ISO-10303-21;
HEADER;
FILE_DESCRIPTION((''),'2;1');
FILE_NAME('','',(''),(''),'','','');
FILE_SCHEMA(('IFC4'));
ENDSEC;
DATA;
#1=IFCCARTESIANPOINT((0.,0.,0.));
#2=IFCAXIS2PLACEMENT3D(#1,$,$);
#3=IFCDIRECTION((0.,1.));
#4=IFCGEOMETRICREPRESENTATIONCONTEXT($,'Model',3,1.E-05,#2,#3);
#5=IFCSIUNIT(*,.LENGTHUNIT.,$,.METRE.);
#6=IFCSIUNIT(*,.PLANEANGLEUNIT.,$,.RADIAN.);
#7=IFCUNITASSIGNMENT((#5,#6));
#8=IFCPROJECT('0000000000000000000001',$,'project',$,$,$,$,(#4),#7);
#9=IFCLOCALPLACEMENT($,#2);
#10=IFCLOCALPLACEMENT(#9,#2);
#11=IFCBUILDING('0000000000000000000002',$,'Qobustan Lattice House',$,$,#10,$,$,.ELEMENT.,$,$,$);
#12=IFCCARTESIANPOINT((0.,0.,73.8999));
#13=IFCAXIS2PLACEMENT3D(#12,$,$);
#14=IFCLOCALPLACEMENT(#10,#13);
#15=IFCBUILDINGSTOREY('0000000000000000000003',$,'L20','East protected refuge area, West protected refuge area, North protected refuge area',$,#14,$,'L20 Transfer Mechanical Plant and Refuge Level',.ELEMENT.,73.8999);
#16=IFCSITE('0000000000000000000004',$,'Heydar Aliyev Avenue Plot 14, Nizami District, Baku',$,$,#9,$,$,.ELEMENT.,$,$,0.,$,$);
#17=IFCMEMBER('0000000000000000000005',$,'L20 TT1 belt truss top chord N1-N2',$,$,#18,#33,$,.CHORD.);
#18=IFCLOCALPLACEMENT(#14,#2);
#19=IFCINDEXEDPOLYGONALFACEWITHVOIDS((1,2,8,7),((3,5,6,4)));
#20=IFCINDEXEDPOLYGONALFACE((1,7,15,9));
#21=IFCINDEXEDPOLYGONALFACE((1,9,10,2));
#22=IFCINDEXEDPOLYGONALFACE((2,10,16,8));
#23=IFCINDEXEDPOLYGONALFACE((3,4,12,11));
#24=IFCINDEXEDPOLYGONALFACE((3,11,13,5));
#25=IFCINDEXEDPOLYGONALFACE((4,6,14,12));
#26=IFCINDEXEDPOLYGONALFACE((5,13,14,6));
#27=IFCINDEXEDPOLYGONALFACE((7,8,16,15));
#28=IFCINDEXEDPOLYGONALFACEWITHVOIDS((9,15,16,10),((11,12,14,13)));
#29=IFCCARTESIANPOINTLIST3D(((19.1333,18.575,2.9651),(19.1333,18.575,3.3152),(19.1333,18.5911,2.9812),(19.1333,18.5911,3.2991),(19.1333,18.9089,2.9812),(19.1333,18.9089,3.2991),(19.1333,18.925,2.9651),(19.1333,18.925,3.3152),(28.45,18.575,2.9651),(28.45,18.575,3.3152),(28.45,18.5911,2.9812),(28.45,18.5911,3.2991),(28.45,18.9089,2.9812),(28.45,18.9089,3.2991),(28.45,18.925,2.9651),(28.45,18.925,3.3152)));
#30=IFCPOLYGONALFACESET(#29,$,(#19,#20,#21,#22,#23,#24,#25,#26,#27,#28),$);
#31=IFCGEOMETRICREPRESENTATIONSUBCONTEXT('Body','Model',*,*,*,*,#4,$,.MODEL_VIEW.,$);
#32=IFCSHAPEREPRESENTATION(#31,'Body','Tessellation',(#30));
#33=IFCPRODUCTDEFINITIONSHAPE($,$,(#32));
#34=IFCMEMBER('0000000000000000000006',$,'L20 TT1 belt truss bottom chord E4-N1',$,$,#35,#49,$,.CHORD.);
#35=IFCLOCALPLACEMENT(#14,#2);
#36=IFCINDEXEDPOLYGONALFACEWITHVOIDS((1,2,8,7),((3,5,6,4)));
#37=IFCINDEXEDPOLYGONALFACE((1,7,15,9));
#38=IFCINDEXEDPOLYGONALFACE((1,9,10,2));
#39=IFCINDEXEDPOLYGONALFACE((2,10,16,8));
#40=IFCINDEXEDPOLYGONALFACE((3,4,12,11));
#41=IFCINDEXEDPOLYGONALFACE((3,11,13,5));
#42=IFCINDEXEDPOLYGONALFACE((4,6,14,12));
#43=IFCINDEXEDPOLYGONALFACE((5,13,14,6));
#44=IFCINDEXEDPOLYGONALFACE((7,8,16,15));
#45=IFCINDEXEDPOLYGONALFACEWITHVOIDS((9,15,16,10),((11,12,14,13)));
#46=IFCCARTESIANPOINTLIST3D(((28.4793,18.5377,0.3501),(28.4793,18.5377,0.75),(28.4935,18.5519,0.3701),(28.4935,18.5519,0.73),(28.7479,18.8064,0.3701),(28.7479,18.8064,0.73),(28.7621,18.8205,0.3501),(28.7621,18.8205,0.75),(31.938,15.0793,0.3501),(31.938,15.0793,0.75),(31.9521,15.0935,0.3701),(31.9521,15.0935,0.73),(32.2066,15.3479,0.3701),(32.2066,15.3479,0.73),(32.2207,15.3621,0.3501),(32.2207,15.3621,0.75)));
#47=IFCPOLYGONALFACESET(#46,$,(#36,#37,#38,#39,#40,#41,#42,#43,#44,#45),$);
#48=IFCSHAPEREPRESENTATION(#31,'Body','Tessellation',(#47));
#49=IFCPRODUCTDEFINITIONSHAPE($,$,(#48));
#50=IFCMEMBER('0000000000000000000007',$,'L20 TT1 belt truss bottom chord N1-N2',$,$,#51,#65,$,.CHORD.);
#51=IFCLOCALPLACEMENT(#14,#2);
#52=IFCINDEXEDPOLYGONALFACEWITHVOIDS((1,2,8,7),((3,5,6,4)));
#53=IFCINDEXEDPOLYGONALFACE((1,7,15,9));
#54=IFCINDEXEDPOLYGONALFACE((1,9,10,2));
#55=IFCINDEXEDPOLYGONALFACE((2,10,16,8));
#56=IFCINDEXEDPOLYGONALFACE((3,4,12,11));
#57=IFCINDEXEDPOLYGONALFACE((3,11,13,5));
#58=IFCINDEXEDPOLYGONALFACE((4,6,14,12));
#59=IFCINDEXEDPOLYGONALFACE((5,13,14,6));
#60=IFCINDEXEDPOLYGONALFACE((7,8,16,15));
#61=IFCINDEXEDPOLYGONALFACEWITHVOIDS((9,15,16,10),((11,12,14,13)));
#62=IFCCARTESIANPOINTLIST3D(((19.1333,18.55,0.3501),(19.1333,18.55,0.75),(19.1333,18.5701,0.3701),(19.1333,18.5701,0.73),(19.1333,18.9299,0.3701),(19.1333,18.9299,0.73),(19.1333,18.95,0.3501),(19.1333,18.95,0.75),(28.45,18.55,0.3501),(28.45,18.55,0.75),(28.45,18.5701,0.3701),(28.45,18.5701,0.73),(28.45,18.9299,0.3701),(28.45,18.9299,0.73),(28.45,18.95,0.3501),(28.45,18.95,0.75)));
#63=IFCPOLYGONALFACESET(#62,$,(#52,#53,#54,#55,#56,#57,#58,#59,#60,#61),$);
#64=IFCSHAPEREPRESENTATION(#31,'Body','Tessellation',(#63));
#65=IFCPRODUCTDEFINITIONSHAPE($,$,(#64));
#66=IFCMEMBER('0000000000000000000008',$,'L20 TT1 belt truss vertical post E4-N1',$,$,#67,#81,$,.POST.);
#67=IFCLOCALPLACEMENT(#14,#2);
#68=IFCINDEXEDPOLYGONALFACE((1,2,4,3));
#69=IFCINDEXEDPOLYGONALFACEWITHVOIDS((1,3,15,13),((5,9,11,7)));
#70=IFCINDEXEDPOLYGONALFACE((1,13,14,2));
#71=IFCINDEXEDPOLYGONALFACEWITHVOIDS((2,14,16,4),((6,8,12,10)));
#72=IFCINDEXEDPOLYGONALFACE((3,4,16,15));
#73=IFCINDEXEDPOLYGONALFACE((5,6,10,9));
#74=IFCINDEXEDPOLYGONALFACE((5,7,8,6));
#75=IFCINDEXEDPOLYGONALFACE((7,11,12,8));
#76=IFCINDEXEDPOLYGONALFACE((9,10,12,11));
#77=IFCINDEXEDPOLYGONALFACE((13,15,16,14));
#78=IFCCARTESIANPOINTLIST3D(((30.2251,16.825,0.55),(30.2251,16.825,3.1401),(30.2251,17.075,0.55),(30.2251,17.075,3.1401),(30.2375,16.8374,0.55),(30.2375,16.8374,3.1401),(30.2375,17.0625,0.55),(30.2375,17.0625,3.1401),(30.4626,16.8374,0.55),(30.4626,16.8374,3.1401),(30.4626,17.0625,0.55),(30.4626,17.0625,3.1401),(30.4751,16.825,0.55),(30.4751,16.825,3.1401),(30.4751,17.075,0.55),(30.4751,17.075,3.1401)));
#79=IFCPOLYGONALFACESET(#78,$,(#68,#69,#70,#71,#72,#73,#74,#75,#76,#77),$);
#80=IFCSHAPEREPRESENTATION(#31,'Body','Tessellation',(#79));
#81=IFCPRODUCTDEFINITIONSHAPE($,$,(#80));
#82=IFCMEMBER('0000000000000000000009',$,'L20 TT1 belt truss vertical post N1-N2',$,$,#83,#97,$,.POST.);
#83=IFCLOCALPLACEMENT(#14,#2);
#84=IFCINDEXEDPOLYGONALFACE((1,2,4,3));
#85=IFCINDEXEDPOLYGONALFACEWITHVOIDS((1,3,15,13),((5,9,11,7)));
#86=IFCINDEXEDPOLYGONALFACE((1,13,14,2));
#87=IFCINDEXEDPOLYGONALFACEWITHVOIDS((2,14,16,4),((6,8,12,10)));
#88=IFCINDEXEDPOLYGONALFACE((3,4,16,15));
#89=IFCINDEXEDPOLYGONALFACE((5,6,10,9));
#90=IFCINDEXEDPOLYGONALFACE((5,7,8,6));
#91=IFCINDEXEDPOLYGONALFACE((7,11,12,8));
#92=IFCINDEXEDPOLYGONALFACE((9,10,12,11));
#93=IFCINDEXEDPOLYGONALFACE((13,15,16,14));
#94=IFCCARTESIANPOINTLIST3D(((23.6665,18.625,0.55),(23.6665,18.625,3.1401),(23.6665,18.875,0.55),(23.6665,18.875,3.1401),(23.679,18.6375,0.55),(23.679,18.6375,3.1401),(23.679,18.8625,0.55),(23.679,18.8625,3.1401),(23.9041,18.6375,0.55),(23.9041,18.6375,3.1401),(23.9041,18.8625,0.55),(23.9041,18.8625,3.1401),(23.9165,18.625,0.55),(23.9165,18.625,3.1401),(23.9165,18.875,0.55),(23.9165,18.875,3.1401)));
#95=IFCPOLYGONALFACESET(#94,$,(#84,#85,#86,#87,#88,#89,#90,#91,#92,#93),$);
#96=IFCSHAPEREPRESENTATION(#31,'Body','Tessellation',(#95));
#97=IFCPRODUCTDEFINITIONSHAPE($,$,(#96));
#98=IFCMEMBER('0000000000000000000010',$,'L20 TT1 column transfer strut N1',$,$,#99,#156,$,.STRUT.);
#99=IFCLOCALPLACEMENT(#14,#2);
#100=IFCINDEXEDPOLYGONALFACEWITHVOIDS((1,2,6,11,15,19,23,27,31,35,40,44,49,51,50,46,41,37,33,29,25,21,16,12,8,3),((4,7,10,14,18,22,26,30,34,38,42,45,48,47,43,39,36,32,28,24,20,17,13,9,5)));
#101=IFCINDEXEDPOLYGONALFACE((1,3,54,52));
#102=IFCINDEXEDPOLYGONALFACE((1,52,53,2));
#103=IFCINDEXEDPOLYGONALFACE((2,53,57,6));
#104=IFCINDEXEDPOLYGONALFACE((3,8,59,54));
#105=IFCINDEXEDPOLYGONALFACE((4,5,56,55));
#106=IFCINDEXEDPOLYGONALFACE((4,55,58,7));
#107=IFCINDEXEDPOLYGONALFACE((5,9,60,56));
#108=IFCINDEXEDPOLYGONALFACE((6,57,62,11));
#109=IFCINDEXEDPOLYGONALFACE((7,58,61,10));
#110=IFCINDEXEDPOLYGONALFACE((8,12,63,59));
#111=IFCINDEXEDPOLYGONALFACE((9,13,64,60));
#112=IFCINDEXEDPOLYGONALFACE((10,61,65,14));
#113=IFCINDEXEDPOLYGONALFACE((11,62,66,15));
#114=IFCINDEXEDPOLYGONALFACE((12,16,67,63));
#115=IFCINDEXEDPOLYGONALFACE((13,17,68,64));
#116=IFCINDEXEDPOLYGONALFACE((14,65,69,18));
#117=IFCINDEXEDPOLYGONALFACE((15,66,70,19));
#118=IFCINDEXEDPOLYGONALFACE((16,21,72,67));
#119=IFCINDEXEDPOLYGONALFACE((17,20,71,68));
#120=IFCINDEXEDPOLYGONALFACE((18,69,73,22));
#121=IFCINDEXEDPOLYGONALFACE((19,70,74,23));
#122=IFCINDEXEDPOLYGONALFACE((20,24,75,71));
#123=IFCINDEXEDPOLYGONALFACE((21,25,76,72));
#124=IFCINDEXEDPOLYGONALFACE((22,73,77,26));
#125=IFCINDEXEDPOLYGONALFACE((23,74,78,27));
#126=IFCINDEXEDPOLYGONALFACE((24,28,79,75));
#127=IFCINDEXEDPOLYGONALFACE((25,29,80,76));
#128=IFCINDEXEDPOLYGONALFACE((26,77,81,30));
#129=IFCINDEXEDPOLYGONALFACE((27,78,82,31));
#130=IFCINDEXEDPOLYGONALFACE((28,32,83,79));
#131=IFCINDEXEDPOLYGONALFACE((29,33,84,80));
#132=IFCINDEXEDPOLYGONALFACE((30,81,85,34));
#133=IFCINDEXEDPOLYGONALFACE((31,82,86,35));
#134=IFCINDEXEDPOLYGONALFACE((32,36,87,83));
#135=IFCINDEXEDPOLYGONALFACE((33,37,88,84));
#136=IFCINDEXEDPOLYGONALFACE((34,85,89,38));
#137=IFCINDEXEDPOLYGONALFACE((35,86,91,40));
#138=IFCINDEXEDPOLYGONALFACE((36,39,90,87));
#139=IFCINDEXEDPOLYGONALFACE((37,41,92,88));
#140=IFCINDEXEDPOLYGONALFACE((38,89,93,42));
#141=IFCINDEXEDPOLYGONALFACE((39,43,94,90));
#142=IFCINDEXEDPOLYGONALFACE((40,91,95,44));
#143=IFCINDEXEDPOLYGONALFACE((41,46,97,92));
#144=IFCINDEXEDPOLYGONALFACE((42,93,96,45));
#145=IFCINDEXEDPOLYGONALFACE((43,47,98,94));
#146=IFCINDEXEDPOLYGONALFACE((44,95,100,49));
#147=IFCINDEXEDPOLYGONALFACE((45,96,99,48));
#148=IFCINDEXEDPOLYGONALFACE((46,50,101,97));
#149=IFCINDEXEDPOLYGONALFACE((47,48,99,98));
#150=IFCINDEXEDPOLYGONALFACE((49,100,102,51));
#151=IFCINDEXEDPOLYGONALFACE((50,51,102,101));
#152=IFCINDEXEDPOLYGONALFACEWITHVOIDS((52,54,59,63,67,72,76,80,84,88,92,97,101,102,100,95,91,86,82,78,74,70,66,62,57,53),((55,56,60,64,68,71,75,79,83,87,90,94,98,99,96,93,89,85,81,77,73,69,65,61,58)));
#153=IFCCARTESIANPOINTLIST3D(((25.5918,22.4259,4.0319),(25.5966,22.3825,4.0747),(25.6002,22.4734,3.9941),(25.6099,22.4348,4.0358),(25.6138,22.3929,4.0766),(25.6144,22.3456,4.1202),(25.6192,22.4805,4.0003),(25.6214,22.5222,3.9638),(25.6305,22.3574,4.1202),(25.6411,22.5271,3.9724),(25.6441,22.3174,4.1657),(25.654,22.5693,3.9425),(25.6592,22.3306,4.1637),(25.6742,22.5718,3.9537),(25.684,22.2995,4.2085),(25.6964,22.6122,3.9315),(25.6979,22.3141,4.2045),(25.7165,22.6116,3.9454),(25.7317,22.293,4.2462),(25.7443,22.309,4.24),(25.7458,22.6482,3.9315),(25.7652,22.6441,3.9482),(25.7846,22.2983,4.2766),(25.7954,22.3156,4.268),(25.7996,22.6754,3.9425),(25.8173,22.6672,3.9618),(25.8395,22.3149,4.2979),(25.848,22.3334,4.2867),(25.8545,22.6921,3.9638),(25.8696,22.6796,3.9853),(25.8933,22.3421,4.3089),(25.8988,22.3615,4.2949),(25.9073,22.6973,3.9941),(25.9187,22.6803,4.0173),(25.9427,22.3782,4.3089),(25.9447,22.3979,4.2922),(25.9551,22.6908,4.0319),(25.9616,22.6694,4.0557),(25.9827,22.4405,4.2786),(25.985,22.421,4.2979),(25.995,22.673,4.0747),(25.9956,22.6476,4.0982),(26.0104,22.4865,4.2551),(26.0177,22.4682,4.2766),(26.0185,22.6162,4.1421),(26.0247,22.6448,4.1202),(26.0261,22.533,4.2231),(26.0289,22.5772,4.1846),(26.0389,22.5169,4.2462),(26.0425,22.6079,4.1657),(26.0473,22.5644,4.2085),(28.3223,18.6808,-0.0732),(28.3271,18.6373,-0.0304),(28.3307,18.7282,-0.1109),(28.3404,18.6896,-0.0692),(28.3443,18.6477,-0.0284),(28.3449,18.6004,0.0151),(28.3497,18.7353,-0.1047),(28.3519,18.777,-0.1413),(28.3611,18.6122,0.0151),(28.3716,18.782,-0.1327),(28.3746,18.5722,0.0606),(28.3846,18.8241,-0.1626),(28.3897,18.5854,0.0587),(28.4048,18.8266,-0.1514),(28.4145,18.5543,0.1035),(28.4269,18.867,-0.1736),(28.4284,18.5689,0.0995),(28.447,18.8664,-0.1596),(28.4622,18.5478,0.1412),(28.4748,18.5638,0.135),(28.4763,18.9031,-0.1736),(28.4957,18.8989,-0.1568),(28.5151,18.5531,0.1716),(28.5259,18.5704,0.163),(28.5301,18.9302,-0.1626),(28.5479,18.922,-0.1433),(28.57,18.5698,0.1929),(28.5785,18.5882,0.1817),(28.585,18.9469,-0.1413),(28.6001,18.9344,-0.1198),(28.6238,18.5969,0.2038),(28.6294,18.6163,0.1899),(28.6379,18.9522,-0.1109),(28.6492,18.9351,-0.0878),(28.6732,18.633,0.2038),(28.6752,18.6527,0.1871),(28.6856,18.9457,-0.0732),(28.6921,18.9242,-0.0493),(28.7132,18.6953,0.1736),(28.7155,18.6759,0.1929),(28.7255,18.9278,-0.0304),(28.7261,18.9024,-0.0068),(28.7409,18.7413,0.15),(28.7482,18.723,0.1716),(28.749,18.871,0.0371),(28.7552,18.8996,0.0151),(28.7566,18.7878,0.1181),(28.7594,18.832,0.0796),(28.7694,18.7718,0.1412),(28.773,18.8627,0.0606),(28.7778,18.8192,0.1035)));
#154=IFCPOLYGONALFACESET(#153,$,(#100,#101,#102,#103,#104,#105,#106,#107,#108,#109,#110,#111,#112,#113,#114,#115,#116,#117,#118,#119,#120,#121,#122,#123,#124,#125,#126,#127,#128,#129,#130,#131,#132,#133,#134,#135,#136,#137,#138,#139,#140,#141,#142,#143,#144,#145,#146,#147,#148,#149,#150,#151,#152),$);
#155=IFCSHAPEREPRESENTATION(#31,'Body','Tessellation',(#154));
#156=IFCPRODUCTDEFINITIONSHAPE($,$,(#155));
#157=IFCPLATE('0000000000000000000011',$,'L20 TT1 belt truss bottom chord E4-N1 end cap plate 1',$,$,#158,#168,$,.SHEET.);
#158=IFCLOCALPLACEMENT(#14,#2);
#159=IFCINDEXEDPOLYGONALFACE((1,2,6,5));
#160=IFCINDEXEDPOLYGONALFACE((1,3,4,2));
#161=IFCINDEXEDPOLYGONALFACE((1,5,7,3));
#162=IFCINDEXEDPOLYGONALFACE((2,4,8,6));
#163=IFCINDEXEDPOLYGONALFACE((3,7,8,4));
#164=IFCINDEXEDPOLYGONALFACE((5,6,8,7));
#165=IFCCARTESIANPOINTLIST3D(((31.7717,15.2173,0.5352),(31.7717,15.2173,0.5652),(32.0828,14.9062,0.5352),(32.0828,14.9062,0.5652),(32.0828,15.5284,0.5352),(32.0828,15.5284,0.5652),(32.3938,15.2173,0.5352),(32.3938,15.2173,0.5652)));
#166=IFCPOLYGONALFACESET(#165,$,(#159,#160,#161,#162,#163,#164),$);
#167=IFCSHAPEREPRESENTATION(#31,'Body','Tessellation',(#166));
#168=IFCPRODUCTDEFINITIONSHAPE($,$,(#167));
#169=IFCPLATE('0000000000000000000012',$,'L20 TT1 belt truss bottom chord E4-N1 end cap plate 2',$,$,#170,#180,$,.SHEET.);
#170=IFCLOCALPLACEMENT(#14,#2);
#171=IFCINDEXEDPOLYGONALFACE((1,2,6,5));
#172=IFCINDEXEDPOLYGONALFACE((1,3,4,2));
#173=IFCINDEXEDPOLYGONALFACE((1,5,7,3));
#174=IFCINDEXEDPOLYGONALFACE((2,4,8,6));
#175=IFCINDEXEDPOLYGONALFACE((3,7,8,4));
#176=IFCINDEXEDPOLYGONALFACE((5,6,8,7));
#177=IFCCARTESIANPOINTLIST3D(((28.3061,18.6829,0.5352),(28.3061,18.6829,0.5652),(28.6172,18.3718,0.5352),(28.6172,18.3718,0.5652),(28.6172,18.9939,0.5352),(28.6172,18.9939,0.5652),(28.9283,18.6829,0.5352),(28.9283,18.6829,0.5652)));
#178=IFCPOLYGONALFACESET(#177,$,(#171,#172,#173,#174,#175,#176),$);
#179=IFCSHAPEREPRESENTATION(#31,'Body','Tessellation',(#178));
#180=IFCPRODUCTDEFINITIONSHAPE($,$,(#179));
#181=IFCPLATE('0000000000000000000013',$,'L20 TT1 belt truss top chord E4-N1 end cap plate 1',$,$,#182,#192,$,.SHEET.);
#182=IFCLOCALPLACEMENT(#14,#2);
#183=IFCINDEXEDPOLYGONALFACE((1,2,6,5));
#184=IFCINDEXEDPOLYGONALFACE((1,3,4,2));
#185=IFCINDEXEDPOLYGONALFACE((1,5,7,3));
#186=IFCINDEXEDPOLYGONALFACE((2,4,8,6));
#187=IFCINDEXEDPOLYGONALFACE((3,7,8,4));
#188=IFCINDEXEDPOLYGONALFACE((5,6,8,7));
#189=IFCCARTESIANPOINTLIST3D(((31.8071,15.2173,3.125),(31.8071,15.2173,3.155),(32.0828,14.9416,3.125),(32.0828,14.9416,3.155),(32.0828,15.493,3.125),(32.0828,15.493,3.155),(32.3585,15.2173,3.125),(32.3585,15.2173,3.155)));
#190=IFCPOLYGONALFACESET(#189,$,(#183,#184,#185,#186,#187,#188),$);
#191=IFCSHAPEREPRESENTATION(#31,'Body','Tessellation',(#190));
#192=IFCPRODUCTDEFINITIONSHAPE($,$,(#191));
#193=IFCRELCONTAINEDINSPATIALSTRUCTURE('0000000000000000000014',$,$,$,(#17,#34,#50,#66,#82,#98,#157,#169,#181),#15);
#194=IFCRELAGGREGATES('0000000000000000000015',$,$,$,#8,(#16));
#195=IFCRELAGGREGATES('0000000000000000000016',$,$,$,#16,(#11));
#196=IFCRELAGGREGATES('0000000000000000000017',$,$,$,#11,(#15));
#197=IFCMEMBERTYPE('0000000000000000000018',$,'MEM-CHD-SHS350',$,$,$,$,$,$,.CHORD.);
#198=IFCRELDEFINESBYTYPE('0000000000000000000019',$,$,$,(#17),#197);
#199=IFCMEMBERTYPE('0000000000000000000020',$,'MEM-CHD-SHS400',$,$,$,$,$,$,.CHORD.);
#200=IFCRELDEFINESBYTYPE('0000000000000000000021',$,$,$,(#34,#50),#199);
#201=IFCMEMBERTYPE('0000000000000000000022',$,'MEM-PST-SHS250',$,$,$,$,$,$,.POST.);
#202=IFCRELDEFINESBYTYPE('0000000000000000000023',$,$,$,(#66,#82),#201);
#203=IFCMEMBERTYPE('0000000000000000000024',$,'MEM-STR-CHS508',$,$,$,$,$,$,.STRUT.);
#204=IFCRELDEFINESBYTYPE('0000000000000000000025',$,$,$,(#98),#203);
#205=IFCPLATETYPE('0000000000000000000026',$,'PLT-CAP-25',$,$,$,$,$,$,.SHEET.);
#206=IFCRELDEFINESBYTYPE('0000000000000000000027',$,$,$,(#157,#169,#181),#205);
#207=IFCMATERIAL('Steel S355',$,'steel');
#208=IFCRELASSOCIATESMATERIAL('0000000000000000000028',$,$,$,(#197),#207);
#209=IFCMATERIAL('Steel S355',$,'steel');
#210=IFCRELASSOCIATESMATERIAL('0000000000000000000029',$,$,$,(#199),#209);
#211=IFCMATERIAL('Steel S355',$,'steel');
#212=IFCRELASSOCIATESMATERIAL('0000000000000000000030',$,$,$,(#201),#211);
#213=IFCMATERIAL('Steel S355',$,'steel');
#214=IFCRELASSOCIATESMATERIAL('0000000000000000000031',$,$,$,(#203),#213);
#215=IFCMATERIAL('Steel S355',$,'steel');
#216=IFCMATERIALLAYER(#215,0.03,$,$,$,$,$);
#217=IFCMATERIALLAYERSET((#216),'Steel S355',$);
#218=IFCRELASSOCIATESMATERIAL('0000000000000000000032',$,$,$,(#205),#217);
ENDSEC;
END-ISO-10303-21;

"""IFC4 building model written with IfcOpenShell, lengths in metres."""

from ifc_helpers import new_model, si_unit, direction, frame, origin, origin_2d, place, context, subcontext, project, spatial, rectangle, hollow_rectangle, hollow_circle, extrude, material, layer, layer_set, material_profile, profile_set, type_object, element, save


model = new_model("IFC4")

# Units and contexts
model_context = context("Model", 3, precision=1e-05, world=origin(), true_north=direction((0.0, 1.0)))
body_context = subcontext(model_context, "Body", "Model", "MODEL_VIEW")
ifc_project = project(units=[si_unit("LENGTHUNIT", "METRE"), si_unit("PLANEANGLEUNIT", "RADIAN")], contexts=[model_context])

# Site, building, storey
site_placement = place(None, origin())
site = spatial("IfcSite", under=ifc_project, at=site_placement, Name="Heydar Aliyev Avenue Plot 14, Nizami District, Baku", CompositionType="ELEMENT", RefElevation=0.0)
building_placement = place(site_placement, origin())
building = spatial("IfcBuilding", under=site, at=building_placement, Name="Qobustan Lattice House", CompositionType="ELEMENT")
storey_placement = place(building_placement, frame((0.0, 0.0, 73.8999)))
storey = spatial("IfcBuildingStorey", under=building, at=storey_placement, Name="L20", Description="East protected refuge area, West protected refuge area, North protected refuge area", LongName="L20 Transfer Mechanical Plant and Refuge Level", CompositionType="ELEMENT", Elevation=73.8999)

# Members
ifc_material_1 = material(Name="Steel S355", Category="steel")
ifc_material_profile_1 = material_profile(ifc_material_1, hollow_rectangle(XDim=0.3501, YDim=0.3501, WallThickness=0.0161, at=origin_2d()), Name="SHS350x350x16")
ifc_profile_set_1 = profile_set([ifc_material_profile_1], Name="Steel S355")
member_type_1 = type_object("IfcMemberType", Name="MEM-CHD-SHS350", PredefinedType="CHORD", material=ifc_profile_set_1)
member_1_placement = place(storey_placement, frame((28.45, 18.75, 3.1401), z_axis=(-1.0, 0.0, 0.0), x_axis=(0.0, -1.0, 0.0)))
element("IfcMember", 1, at=member_1_placement, inside=storey, type_object=member_type_1, Name="L20 TT1 belt truss top chord N1-N2", PredefinedType="CHORD", context=body_context, shape_type="SweptSolid", body=[
    extrude(hollow_rectangle(XDim=0.3501, YDim=0.3501, WallThickness=0.0161, at=origin_2d()), origin(), (0.0, 0.0, 1.0), 9.3167),
])
ifc_material_2 = material(Name="Steel S355", Category="steel")
ifc_material_profile_2 = material_profile(ifc_material_2, hollow_rectangle(XDim=0.3999, YDim=0.3999, WallThickness=0.02, at=origin_2d()), Name="SHS400x400x20")
ifc_profile_set_2 = profile_set([ifc_material_profile_2], Name="Steel S355")
member_type_2 = type_object("IfcMemberType", Name="MEM-CHD-SHS400", PredefinedType="CHORD", material=ifc_profile_set_2)
member_2_placement = place(storey_placement, frame((32.0793, 15.2207, 0.55), z_axis=(-0.707132, 0.707082, 0.0), x_axis=(-0.707082, -0.707132, 0.0)))
element("IfcMember", 2, at=member_2_placement, inside=storey, type_object=member_type_2, Name="L20 TT1 belt truss bottom chord E4-N1", PredefinedType="CHORD", context=body_context, shape_type="SweptSolid", body=[
    extrude(hollow_rectangle(XDim=0.3999, YDim=0.3999, WallThickness=0.02, at=origin_2d()), origin(), (0.0, 0.0, 1.0), 4.8911),
])
member_3_placement = place(storey_placement, frame((28.45, 18.75, 0.55), z_axis=(-1.0, 0.0, 0.0), x_axis=(0.0, -1.0, 0.0)))
element("IfcMember", 3, at=member_3_placement, inside=storey, type_object=member_type_2, Name="L20 TT1 belt truss bottom chord N1-N2", PredefinedType="CHORD", context=body_context, shape_type="SweptSolid", body=[
    extrude(hollow_rectangle(XDim=0.3999, YDim=0.3999, WallThickness=0.02, at=origin_2d()), origin(), (0.0, 0.0, 1.0), 9.3167),
])
ifc_material_3 = material(Name="Steel S355", Category="steel")
ifc_material_profile_3 = material_profile(ifc_material_3, hollow_rectangle(XDim=0.25, YDim=0.25, WallThickness=0.0125, at=origin_2d()), Name="SHS250x250x12.5")
ifc_profile_set_3 = profile_set([ifc_material_profile_3], Name="Steel S355")
member_type_3 = type_object("IfcMemberType", Name="MEM-PST-SHS250", PredefinedType="POST", material=ifc_profile_set_3)
for number, where, z_axis, x_axis, name in (
    (4, (30.3501, 16.95, 0.55), (0.0, 0.0, 1.0), (1.0, 0.0, 0.0), "L20 TT1 belt truss vertical post E4-N1"),
    (5, (23.7915, 18.75, 0.55), (0.0, 0.0, 1.0), (1.0, 0.0, 0.0), "L20 TT1 belt truss vertical post N1-N2"),
):
    element("IfcMember", number, at=place(storey_placement, frame(where, z_axis=z_axis, x_axis=x_axis)), inside=storey, type_object=member_type_3, Name=name, PredefinedType="POST", context=body_context, shape_type="SweptSolid", body=[
        extrude(hollow_rectangle(XDim=0.25, YDim=0.25, WallThickness=0.0125, at=origin_2d()), origin(), (0.0, 0.0, 1.0), 2.5901),
    ])
ifc_material_4 = material(Name="Steel S355", Category="steel")
ifc_material_profile_4 = material_profile(ifc_material_4, hollow_circle(Radius=0.2539, WallThickness=0.02, at=origin_2d()), Name="CHS508x20")
ifc_profile_set_4 = profile_set([ifc_material_profile_4], Name="Steel S355")
member_type_4 = type_object("IfcMemberType", Name="MEM-STR-CHS508", PredefinedType="STRUT", material=ifc_profile_set_4)
member_4_placement = place(storey_placement, frame((28.55, 18.75, 0.0151), z_axis=(-0.441017, 0.6049, 0.663024), x_axis=(-0.808043, -0.589123, 0.0)))
element("IfcMember", 6, at=member_4_placement, inside=storey, type_object=member_type_4, Name="L20 TT1 column transfer strut N1", PredefinedType="STRUT", context=body_context, shape_type="SweptSolid", body=[
    extrude(hollow_circle(Radius=0.2539, WallThickness=0.02, at=origin_2d()), origin(), (0.0, 0.0, 1.0), 6.1914),
])

# Plates
ifc_material_5 = material(Name="Steel S355", Category="steel")
ifc_layer_1 = layer(ifc_material_5, 0.03)
ifc_layer_set_1 = layer_set([ifc_layer_1], Name="Steel S355")
plate_type = type_object("IfcPlateType", Name="PLT-CAP-25", PredefinedType="SHEET", material=ifc_layer_set_1)
for number, where, z_axis, x_axis, name in (
    (7, (32.0828, 15.2173, 0.5352), (0.0, 0.0, 1.0), (-0.707107, 0.707107, 0.0), "L20 TT1 belt truss bottom chord E4-N1 end cap plate 1"),
    (8, (28.6172, 18.6829, 0.5352), (0.0, 0.0, 1.0), (-0.707107, 0.707107, 0.0), "L20 TT1 belt truss bottom chord E4-N1 end cap plate 2"),
):
    element("IfcPlate", number, at=place(storey_placement, frame(where, z_axis=z_axis, x_axis=x_axis)), inside=storey, type_object=plate_type, Name=name, PredefinedType="SHEET", context=body_context, shape_type="SweptSolid", body=[
        extrude(rectangle(XDim=0.4399, YDim=0.4399, at=origin_2d()), origin(), (0.0, 0.0, 1.0), 0.03),
    ])
for number, where, z_axis, x_axis, name in (
    (9, (32.0828, 15.2173, 3.125), (0.0, 0.0, 1.0), (-0.707107, 0.707107, 0.0), "L20 TT1 belt truss top chord E4-N1 end cap plate 1"),
):
    element("IfcPlate", number, at=place(storey_placement, frame(where, z_axis=z_axis, x_axis=x_axis)), inside=storey, type_object=plate_type, Name=name, PredefinedType="SHEET", context=body_context, shape_type="SweptSolid", body=[
        extrude(rectangle(XDim=0.3899, YDim=0.3899, at=origin_2d()), origin(), (0.0, 0.0, 1.0), 0.03),
    ])

save(model, "model.ifc")
